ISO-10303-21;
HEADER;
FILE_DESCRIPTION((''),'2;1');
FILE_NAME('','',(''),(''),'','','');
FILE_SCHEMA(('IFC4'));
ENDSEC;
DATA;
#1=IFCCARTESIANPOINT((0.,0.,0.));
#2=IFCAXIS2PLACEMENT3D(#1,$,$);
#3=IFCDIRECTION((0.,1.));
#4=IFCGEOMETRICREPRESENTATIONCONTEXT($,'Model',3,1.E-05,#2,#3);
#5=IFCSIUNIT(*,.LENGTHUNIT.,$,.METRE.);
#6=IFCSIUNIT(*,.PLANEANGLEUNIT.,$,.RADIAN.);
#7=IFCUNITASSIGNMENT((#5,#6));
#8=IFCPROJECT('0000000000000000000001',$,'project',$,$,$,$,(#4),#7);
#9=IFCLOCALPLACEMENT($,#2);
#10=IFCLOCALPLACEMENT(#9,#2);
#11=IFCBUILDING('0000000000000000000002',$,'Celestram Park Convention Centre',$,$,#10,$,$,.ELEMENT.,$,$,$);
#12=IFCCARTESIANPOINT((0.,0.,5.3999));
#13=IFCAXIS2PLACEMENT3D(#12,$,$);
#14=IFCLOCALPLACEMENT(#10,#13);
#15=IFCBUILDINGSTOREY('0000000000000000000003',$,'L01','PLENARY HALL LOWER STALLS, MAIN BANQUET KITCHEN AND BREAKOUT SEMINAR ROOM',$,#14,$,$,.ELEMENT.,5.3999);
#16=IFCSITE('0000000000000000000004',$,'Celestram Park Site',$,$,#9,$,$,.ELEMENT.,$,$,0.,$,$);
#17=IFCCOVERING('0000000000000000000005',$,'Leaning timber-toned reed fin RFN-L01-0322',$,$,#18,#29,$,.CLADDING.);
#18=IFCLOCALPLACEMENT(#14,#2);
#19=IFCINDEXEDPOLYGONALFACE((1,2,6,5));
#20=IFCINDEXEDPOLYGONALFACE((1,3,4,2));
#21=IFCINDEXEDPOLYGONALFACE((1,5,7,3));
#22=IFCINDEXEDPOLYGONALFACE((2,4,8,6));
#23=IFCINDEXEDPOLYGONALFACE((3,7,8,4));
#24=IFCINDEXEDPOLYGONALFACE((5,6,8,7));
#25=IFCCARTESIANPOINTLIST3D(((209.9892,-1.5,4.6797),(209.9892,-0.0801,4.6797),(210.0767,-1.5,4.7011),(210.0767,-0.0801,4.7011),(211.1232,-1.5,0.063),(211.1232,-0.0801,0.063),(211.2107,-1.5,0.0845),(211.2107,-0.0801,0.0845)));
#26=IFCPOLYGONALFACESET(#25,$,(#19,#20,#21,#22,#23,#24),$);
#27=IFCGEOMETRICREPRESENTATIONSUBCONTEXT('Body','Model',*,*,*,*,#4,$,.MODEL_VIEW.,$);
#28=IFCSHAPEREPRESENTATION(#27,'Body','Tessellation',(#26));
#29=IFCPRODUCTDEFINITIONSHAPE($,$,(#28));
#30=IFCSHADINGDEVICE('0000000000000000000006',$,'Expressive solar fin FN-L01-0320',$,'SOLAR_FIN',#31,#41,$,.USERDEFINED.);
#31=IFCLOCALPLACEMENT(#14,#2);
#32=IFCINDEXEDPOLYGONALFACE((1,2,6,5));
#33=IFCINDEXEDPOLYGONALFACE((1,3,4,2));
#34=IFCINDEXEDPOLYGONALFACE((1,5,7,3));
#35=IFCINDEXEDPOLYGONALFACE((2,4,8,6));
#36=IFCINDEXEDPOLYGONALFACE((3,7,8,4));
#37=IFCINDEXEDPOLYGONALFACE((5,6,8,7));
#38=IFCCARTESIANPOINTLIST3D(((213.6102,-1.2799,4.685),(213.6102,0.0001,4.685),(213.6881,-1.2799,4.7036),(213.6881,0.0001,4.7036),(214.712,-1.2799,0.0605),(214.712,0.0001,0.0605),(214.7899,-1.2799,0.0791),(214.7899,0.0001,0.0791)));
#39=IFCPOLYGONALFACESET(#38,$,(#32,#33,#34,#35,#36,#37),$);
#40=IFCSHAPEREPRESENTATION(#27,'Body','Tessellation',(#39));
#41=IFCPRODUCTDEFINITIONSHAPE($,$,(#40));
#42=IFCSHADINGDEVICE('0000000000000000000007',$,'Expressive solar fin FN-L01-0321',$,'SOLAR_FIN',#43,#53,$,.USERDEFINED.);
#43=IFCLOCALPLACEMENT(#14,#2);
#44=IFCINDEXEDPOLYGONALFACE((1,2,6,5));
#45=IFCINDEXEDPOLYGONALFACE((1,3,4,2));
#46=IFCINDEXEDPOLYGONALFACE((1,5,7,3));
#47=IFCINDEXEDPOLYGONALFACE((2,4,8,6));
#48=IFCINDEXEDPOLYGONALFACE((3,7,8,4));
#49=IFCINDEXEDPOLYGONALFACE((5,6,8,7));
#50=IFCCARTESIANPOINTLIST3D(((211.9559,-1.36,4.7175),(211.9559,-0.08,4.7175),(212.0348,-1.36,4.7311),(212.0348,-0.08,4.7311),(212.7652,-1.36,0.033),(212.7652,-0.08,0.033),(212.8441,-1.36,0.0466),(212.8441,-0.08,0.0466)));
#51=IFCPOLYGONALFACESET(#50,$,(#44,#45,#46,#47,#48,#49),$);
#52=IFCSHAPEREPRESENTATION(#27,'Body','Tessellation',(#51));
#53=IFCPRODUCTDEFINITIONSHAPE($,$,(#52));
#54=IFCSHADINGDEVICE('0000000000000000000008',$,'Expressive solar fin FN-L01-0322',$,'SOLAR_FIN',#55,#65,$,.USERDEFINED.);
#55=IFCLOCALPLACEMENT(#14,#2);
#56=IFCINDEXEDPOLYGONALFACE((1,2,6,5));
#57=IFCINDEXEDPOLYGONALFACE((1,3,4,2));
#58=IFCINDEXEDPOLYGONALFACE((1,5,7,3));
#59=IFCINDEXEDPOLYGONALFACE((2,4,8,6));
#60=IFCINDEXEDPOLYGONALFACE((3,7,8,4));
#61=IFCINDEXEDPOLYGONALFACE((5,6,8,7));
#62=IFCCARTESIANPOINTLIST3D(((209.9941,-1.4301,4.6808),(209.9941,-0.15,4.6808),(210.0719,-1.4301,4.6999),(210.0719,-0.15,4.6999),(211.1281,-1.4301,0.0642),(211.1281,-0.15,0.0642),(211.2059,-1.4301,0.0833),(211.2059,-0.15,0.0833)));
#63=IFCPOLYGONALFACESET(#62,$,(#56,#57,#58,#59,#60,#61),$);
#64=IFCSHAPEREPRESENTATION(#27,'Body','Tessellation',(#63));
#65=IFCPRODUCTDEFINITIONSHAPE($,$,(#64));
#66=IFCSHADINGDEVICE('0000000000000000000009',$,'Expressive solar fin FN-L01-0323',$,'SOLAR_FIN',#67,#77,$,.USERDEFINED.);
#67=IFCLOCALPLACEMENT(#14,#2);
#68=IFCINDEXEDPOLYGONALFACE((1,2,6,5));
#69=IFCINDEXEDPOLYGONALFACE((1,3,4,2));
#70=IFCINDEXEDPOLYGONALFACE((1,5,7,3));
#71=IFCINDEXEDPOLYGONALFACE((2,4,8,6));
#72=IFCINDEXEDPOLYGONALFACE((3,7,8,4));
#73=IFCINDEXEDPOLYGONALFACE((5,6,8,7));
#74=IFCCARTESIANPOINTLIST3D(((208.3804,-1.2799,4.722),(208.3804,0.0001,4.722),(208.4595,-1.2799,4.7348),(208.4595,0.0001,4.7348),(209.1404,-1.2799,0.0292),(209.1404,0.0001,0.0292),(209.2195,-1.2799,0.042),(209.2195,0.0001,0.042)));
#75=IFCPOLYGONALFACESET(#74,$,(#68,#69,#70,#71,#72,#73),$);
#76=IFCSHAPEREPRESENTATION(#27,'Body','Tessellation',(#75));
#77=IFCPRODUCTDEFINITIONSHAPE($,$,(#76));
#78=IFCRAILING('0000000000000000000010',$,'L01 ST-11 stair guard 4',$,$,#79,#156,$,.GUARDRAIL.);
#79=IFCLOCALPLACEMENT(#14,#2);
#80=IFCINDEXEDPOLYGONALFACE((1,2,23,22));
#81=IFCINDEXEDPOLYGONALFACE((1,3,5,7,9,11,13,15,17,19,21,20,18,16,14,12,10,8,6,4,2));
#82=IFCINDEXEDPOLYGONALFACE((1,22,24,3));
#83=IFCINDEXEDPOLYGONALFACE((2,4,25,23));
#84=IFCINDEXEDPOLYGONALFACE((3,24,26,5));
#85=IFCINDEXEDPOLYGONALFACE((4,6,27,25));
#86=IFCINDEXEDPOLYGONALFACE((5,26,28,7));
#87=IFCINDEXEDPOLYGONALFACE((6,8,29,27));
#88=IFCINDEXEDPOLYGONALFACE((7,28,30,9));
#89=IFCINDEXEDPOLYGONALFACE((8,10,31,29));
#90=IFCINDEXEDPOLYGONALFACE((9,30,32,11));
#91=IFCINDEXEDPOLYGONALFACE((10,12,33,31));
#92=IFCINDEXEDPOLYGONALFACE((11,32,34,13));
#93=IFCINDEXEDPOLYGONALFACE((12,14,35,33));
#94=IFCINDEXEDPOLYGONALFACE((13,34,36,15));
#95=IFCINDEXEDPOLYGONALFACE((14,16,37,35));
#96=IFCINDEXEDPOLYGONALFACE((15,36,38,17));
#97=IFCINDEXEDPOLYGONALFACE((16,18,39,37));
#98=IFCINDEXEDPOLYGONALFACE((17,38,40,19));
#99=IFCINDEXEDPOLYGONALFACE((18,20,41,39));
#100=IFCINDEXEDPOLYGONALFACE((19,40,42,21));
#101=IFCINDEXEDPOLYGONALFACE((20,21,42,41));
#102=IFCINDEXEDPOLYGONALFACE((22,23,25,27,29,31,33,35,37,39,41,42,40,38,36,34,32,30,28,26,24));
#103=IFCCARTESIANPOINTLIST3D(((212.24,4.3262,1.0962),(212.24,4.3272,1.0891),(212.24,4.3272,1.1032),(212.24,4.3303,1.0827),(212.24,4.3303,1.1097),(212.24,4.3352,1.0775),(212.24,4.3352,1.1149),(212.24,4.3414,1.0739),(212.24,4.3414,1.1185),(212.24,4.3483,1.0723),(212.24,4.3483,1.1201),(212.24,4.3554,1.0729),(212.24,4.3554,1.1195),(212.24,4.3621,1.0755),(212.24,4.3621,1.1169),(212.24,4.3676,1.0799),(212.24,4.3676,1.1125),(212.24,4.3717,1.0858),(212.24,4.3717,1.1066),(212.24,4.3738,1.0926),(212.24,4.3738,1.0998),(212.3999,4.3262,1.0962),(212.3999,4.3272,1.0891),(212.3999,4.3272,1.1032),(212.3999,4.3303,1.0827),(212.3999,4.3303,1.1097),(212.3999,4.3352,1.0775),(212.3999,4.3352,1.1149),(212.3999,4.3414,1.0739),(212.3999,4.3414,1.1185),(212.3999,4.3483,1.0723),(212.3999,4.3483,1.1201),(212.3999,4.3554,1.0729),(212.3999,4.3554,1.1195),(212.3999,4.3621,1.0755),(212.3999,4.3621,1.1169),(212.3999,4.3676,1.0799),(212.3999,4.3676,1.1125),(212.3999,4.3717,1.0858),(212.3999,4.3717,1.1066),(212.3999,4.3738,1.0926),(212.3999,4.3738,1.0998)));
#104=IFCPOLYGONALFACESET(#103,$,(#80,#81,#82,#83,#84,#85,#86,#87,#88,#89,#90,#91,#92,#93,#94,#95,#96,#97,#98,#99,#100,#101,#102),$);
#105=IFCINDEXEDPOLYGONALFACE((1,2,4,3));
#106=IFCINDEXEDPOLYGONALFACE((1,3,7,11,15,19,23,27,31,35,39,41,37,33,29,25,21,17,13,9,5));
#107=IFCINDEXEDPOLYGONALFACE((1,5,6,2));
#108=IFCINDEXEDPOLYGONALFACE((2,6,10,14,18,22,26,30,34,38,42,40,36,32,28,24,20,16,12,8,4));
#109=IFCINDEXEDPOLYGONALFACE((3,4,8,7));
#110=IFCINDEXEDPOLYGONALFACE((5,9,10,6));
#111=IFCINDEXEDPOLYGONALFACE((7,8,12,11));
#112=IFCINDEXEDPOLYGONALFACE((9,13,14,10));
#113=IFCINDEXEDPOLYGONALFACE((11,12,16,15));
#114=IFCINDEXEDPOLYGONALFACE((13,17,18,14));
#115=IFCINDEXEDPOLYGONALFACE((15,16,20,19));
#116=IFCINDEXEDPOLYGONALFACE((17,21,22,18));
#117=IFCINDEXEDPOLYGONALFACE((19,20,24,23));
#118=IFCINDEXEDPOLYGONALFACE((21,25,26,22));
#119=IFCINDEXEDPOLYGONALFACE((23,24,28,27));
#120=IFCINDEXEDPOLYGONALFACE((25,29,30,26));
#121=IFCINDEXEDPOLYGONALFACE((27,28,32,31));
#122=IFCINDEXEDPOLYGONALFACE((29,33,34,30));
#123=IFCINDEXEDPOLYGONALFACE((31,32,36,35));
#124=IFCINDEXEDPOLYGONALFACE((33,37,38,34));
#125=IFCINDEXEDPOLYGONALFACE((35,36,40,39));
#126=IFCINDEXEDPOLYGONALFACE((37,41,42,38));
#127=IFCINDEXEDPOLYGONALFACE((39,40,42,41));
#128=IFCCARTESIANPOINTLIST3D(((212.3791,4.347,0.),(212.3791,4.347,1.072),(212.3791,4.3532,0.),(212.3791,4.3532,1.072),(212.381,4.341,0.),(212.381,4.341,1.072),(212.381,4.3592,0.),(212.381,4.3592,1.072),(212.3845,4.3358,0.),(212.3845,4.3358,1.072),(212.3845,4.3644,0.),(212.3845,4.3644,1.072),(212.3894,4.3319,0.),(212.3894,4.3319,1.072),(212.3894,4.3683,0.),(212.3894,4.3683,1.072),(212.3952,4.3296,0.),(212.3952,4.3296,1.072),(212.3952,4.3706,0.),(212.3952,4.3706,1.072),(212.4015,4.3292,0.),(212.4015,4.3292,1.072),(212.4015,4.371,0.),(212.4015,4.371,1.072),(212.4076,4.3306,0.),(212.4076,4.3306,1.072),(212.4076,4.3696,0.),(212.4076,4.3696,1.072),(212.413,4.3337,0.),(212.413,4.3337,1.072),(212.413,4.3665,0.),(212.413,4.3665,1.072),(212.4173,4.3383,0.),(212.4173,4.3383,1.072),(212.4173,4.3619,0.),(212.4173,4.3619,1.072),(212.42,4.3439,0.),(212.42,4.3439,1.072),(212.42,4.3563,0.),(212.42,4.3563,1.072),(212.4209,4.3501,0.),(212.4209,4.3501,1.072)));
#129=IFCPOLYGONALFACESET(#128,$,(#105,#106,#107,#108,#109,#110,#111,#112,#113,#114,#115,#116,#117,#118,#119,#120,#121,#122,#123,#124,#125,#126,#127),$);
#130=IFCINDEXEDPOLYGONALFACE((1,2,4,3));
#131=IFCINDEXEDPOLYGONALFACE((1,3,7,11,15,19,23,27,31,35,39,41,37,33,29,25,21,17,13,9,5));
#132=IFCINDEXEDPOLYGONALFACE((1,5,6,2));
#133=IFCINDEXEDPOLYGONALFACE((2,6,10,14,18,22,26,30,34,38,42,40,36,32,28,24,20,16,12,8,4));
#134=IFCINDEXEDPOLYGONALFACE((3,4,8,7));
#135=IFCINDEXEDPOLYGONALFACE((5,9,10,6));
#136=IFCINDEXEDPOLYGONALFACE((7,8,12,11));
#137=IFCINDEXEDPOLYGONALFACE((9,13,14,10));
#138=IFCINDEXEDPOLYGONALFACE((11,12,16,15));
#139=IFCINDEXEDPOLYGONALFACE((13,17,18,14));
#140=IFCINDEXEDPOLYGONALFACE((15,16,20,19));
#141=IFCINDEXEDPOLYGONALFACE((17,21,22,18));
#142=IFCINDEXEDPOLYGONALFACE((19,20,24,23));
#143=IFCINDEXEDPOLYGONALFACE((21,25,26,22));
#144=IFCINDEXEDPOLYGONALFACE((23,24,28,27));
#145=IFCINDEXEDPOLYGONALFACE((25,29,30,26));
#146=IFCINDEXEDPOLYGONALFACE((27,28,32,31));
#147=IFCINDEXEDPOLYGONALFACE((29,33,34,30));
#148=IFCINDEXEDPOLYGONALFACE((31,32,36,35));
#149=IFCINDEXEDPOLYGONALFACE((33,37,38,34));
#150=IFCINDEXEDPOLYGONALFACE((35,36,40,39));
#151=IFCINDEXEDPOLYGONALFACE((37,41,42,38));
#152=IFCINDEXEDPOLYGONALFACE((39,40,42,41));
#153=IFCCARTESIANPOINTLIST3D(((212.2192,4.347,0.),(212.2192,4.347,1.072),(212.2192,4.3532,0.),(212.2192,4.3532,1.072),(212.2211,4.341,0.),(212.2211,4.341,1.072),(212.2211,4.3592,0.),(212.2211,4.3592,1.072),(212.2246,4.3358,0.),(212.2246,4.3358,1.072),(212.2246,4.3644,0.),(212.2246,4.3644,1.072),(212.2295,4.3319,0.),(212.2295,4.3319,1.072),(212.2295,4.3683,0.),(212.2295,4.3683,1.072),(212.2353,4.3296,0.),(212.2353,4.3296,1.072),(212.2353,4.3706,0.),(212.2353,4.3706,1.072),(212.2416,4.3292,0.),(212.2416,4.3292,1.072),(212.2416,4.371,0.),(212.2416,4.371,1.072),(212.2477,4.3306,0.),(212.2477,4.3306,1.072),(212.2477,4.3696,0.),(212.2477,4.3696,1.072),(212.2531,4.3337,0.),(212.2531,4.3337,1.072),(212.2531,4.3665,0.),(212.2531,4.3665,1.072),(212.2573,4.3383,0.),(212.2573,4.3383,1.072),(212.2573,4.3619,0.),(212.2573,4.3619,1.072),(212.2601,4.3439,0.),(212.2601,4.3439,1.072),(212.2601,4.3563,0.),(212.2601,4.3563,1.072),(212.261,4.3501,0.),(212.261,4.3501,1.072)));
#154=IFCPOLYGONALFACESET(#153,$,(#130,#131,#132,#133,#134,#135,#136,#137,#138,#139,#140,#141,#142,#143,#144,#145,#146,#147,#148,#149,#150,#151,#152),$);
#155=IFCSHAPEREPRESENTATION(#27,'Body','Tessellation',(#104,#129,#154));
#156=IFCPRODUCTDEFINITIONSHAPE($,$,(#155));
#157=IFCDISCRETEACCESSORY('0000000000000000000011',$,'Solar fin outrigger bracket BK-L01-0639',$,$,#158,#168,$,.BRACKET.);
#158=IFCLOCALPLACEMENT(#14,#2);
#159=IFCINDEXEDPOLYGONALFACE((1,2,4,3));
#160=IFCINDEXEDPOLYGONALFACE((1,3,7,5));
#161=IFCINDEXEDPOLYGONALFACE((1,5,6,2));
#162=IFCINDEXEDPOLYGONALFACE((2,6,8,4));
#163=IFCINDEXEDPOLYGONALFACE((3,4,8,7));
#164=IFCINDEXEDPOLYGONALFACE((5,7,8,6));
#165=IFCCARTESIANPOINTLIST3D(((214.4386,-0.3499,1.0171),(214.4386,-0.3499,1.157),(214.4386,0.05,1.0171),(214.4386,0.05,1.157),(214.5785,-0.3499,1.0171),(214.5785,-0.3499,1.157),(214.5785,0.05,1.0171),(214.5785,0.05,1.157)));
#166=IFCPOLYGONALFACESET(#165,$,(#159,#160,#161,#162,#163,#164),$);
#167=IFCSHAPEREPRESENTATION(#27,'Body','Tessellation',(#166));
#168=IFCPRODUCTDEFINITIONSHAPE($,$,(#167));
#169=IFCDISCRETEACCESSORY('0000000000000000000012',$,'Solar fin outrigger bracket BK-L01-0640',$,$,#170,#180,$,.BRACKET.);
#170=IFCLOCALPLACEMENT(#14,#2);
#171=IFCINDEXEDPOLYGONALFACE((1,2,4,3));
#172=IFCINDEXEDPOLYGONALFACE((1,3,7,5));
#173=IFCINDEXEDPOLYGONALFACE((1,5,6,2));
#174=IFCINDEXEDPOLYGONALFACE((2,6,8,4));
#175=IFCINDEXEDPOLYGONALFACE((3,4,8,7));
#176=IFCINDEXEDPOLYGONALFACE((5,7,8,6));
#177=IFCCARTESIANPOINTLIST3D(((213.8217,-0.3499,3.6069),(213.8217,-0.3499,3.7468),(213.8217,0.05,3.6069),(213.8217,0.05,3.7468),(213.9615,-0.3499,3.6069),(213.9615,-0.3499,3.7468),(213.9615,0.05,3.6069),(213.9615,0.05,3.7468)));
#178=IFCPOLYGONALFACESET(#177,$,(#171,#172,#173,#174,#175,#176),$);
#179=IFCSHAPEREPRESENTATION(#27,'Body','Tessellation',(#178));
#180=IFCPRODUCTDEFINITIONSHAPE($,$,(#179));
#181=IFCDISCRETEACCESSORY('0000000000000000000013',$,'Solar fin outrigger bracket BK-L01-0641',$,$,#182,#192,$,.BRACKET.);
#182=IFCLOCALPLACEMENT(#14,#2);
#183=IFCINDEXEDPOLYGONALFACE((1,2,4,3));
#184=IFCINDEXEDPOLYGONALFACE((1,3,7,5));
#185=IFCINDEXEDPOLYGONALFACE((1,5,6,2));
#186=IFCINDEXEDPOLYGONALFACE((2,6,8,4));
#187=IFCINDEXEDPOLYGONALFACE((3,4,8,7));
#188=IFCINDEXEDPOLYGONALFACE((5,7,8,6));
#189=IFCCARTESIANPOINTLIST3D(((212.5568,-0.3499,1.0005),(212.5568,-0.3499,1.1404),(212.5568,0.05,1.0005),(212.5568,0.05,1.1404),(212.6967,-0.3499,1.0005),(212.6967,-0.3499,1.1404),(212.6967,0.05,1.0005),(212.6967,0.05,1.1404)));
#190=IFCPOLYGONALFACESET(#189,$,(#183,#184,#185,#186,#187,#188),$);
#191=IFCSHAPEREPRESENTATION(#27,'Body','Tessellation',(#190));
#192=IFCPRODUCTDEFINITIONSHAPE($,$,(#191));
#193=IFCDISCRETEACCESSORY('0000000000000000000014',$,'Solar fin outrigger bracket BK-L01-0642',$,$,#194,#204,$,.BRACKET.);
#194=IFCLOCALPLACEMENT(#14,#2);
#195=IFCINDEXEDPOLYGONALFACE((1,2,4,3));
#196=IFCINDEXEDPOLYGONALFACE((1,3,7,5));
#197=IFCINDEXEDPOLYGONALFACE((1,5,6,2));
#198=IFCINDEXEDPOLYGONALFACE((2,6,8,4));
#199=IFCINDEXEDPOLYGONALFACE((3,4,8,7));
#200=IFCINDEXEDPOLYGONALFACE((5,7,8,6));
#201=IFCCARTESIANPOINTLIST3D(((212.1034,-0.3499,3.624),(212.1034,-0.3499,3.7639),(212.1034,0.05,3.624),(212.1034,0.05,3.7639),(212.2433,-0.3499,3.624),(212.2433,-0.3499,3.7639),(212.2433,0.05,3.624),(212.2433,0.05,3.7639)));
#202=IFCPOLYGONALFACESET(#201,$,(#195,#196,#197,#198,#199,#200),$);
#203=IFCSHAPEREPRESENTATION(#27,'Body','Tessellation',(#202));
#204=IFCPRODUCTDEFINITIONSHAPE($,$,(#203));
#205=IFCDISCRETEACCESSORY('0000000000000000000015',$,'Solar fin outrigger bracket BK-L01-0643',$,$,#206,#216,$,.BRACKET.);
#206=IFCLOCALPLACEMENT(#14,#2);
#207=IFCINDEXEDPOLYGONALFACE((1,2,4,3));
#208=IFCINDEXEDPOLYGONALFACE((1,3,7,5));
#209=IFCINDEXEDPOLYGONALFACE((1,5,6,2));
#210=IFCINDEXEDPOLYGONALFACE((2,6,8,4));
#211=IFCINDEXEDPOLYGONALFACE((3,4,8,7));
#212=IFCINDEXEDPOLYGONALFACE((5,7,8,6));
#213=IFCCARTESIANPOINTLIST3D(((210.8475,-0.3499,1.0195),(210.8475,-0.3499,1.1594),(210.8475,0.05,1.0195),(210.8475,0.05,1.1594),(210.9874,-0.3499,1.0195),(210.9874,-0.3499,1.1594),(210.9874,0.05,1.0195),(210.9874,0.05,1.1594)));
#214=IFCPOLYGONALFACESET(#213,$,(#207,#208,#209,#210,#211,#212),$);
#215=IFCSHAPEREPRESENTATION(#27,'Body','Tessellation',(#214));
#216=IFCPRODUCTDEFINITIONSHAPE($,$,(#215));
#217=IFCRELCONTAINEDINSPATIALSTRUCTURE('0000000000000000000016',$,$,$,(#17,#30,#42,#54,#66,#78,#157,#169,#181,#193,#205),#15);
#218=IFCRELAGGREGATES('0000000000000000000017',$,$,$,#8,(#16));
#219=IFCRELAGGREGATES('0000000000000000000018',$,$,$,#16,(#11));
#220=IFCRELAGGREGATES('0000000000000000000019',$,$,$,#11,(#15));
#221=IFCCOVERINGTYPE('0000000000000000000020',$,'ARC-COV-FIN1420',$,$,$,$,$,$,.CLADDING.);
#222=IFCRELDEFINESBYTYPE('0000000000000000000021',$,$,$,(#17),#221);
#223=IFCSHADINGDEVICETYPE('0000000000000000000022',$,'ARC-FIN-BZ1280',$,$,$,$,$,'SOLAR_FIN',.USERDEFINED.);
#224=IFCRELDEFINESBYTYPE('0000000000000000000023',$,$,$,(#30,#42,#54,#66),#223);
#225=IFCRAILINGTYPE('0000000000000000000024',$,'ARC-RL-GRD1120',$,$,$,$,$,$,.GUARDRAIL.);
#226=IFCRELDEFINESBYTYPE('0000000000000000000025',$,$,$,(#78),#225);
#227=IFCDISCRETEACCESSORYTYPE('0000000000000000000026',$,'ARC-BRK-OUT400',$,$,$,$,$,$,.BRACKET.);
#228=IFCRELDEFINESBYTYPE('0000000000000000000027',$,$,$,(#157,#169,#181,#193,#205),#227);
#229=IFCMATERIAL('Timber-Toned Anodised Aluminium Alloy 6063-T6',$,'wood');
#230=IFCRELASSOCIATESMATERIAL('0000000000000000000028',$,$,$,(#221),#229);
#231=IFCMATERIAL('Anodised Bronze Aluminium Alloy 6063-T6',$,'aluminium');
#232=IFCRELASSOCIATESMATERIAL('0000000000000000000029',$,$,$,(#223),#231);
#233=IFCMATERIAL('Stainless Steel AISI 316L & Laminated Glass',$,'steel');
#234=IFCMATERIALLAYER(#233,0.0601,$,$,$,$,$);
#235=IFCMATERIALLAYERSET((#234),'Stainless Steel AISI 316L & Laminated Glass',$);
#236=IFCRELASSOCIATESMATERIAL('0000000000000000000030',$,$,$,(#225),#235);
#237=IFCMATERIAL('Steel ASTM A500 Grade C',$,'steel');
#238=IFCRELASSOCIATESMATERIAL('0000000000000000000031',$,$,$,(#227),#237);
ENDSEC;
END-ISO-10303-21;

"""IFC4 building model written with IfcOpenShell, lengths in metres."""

from ifc_helpers import new_model, si_unit, direction, frame, origin, origin_2d, place, context, subcontext, project, spatial, rectangle, circle, extrude, material, layer, layer_set, material_profile, profile_set, type_object, element, save


model = new_model("IFC4")

# Units and contexts
model_context = context("Model", 3, precision=1e-05, world=origin(), true_north=direction((0.0, 1.0)))
body_context = subcontext(model_context, "Body", "Model", "MODEL_VIEW")
ifc_project = project(units=[si_unit("LENGTHUNIT", "METRE"), si_unit("PLANEANGLEUNIT", "RADIAN")], contexts=[model_context])

# Site, building, storey
site_placement = place(None, origin())
site = spatial("IfcSite", under=ifc_project, at=site_placement, Name="Celestram Park Site", CompositionType="ELEMENT", RefElevation=0.0)
building_placement = place(site_placement, origin())
building = spatial("IfcBuilding", under=site, at=building_placement, Name="Celestram Park Convention Centre", CompositionType="ELEMENT")
storey_placement = place(building_placement, frame((0.0, 0.0, 5.3999)))
storey = spatial("IfcBuildingStorey", under=building, at=storey_placement, Name="L01", Description="PLENARY HALL LOWER STALLS, MAIN BANQUET KITCHEN AND BREAKOUT SEMINAR ROOM", CompositionType="ELEMENT", Elevation=5.3999)

# Covering
ifc_material_1 = material(Name="Timber-Toned Anodised Aluminium Alloy 6063-T6", Category="wood")
ifc_material_profile_1 = material_profile(ifc_material_1, rectangle(XDim=1.4199, YDim=0.0901, at=origin_2d()), Name="REED1420X90")
ifc_profile_set_1 = profile_set([ifc_material_profile_1], Name="Timber-Toned Anodised Aluminium Alloy 6063-T6")
covering_type_1 = type_object("IfcCoveringType", Name="ARC-COV-FIN1420", PredefinedType="CLADDING", material=ifc_profile_set_1)
covering_1_placement = place(storey_placement, frame((211.167, -0.79, 0.0737), z_axis=(-0.238546, 0.0, 0.971131), x_axis=(0.0, -1.0, 0.0)))
element("IfcCovering", 1, at=covering_1_placement, inside=storey, type_object=covering_type_1, Name="Leaning timber-toned reed fin RFN-L01-0322", PredefinedType="CLADDING", context=body_context, shape_type="SweptSolid", body=[
    extrude(rectangle(XDim=1.4199, YDim=0.0901, at=origin_2d()), origin(), (0.0, 0.0, 1.0), 4.7539),
])

# Shading devices
ifc_material_2 = material(Name="Anodised Bronze Aluminium Alloy 6063-T6", Category="aluminium")
ifc_material_profile_2 = material_profile(ifc_material_2, rectangle(XDim=1.28, YDim=0.0801, at=origin_2d()), Name="FIN1280X80")
ifc_profile_set_2 = profile_set([ifc_material_profile_2], Name="Anodised Bronze Aluminium Alloy 6063-T6")
shading_device_type = type_object("IfcShadingDeviceType", Name="ARC-FIN-BZ1280", ElementType="SOLAR_FIN", PredefinedType="USERDEFINED", material=ifc_profile_set_2)
for number, where, z_axis, x_axis, name in (
    (2, (214.751, -0.6399, 0.0698), (-0.231766, 0.0, 0.972771), (0.0, -1.0, 0.0), "Expressive solar fin FN-L01-0320"),
    (3, (212.8047, -0.72, 0.0398), (-0.170242, 0.0, 0.985402), (0.0, -1.0, 0.0), "Expressive solar fin FN-L01-0321"),
    (4, (211.167, -0.79, 0.0737), (-0.238546, 0.0, 0.971131), (0.0, -1.0, 0.0), "Expressive solar fin FN-L01-0322"),
    (5, (209.1799, -0.6399, 0.0356), (-0.159867, 0.0, 0.987139), (0.0, -1.0, 0.0), "Expressive solar fin FN-L01-0323"),
):
    element("IfcShadingDevice", number, at=place(storey_placement, frame(where, z_axis=z_axis, x_axis=x_axis)), inside=storey, type_object=shading_device_type, Name=name, ObjectType="SOLAR_FIN", PredefinedType="USERDEFINED", context=body_context, shape_type="SweptSolid", body=[
        extrude(rectangle(XDim=1.28, YDim=0.0801, at=origin_2d()), origin(), (0.0, 0.0, 1.0), 4.7539),
    ])

# Railing
ifc_material_3 = material(Name="Stainless Steel AISI 316L & Laminated Glass", Category="steel")
ifc_layer_1 = layer(ifc_material_3, 0.0601)
ifc_layer_set_1 = layer_set([ifc_layer_1], Name="Stainless Steel AISI 316L & Laminated Glass")
railing_type_1 = type_object("IfcRailingType", Name="ARC-RL-GRD1120", PredefinedType="GUARDRAIL", material=ifc_layer_set_1)
railing_1_placement = place(storey_placement, frame((212.3999, 4.3501, 0.0)))
element("IfcRailing", 6, at=railing_1_placement, inside=storey, type_object=railing_type_1, Name="L01 ST-11 stair guard 4", PredefinedType="GUARDRAIL", context=body_context, shape_type="SweptSolid", body=[
    extrude(circle(Radius=0.0239, at=origin_2d()), frame((0.0, 0.0, 1.0962), z_axis=(-1.0, 0.0, 0.0), x_axis=(0.0, -1.0, 0.0)), (0.0, 0.0, 1.0), 0.1599),
    extrude(circle(Radius=0.021, at=origin_2d()), origin(), (0.0, 0.0, 1.0), 1.072),
    extrude(circle(Radius=0.021, at=origin_2d()), frame((-0.1599, 0.0, 0.0)), (0.0, 0.0, 1.0), 1.072),
])

# Discrete accessories
ifc_material_4 = material(Name="Steel ASTM A500 Grade C", Category="steel")
discrete_accessory_type = type_object("IfcDiscreteAccessoryType", Name="ARC-BRK-OUT400", PredefinedType="BRACKET", material=ifc_material_4)
for number, where, z_axis, x_axis, name in (
    (7, (214.5085, -0.1499, 1.0171), (0.0, 0.0, 1.0), (0.0, -1.0, 0.0), "Solar fin outrigger bracket BK-L01-0639"),
    (8, (213.8916, -0.1499, 3.6069), (0.0, 0.0, 1.0), (0.0, -1.0, 0.0), "Solar fin outrigger bracket BK-L01-0640"),
    (9, (212.6267, -0.1499, 1.0005), (0.0, 0.0, 1.0), (0.0, -1.0, 0.0), "Solar fin outrigger bracket BK-L01-0641"),
    (10, (212.1733, -0.1499, 3.624), (0.0, 0.0, 1.0), (0.0, -1.0, 0.0), "Solar fin outrigger bracket BK-L01-0642"),
    (11, (210.9175, -0.1499, 1.0195), (0.0, 0.0, 1.0), (0.0, -1.0, 0.0), "Solar fin outrigger bracket BK-L01-0643"),
):
    element("IfcDiscreteAccessory", number, at=place(storey_placement, frame(where, z_axis=z_axis, x_axis=x_axis)), inside=storey, type_object=discrete_accessory_type, Name=name, PredefinedType="BRACKET", context=body_context, shape_type="SweptSolid", body=[
        extrude(rectangle(XDim=0.3999, YDim=0.1399, at=origin_2d()), origin(), (0.0, 0.0, 1.0), 0.1399),
    ])

save(model, "model.ifc")
